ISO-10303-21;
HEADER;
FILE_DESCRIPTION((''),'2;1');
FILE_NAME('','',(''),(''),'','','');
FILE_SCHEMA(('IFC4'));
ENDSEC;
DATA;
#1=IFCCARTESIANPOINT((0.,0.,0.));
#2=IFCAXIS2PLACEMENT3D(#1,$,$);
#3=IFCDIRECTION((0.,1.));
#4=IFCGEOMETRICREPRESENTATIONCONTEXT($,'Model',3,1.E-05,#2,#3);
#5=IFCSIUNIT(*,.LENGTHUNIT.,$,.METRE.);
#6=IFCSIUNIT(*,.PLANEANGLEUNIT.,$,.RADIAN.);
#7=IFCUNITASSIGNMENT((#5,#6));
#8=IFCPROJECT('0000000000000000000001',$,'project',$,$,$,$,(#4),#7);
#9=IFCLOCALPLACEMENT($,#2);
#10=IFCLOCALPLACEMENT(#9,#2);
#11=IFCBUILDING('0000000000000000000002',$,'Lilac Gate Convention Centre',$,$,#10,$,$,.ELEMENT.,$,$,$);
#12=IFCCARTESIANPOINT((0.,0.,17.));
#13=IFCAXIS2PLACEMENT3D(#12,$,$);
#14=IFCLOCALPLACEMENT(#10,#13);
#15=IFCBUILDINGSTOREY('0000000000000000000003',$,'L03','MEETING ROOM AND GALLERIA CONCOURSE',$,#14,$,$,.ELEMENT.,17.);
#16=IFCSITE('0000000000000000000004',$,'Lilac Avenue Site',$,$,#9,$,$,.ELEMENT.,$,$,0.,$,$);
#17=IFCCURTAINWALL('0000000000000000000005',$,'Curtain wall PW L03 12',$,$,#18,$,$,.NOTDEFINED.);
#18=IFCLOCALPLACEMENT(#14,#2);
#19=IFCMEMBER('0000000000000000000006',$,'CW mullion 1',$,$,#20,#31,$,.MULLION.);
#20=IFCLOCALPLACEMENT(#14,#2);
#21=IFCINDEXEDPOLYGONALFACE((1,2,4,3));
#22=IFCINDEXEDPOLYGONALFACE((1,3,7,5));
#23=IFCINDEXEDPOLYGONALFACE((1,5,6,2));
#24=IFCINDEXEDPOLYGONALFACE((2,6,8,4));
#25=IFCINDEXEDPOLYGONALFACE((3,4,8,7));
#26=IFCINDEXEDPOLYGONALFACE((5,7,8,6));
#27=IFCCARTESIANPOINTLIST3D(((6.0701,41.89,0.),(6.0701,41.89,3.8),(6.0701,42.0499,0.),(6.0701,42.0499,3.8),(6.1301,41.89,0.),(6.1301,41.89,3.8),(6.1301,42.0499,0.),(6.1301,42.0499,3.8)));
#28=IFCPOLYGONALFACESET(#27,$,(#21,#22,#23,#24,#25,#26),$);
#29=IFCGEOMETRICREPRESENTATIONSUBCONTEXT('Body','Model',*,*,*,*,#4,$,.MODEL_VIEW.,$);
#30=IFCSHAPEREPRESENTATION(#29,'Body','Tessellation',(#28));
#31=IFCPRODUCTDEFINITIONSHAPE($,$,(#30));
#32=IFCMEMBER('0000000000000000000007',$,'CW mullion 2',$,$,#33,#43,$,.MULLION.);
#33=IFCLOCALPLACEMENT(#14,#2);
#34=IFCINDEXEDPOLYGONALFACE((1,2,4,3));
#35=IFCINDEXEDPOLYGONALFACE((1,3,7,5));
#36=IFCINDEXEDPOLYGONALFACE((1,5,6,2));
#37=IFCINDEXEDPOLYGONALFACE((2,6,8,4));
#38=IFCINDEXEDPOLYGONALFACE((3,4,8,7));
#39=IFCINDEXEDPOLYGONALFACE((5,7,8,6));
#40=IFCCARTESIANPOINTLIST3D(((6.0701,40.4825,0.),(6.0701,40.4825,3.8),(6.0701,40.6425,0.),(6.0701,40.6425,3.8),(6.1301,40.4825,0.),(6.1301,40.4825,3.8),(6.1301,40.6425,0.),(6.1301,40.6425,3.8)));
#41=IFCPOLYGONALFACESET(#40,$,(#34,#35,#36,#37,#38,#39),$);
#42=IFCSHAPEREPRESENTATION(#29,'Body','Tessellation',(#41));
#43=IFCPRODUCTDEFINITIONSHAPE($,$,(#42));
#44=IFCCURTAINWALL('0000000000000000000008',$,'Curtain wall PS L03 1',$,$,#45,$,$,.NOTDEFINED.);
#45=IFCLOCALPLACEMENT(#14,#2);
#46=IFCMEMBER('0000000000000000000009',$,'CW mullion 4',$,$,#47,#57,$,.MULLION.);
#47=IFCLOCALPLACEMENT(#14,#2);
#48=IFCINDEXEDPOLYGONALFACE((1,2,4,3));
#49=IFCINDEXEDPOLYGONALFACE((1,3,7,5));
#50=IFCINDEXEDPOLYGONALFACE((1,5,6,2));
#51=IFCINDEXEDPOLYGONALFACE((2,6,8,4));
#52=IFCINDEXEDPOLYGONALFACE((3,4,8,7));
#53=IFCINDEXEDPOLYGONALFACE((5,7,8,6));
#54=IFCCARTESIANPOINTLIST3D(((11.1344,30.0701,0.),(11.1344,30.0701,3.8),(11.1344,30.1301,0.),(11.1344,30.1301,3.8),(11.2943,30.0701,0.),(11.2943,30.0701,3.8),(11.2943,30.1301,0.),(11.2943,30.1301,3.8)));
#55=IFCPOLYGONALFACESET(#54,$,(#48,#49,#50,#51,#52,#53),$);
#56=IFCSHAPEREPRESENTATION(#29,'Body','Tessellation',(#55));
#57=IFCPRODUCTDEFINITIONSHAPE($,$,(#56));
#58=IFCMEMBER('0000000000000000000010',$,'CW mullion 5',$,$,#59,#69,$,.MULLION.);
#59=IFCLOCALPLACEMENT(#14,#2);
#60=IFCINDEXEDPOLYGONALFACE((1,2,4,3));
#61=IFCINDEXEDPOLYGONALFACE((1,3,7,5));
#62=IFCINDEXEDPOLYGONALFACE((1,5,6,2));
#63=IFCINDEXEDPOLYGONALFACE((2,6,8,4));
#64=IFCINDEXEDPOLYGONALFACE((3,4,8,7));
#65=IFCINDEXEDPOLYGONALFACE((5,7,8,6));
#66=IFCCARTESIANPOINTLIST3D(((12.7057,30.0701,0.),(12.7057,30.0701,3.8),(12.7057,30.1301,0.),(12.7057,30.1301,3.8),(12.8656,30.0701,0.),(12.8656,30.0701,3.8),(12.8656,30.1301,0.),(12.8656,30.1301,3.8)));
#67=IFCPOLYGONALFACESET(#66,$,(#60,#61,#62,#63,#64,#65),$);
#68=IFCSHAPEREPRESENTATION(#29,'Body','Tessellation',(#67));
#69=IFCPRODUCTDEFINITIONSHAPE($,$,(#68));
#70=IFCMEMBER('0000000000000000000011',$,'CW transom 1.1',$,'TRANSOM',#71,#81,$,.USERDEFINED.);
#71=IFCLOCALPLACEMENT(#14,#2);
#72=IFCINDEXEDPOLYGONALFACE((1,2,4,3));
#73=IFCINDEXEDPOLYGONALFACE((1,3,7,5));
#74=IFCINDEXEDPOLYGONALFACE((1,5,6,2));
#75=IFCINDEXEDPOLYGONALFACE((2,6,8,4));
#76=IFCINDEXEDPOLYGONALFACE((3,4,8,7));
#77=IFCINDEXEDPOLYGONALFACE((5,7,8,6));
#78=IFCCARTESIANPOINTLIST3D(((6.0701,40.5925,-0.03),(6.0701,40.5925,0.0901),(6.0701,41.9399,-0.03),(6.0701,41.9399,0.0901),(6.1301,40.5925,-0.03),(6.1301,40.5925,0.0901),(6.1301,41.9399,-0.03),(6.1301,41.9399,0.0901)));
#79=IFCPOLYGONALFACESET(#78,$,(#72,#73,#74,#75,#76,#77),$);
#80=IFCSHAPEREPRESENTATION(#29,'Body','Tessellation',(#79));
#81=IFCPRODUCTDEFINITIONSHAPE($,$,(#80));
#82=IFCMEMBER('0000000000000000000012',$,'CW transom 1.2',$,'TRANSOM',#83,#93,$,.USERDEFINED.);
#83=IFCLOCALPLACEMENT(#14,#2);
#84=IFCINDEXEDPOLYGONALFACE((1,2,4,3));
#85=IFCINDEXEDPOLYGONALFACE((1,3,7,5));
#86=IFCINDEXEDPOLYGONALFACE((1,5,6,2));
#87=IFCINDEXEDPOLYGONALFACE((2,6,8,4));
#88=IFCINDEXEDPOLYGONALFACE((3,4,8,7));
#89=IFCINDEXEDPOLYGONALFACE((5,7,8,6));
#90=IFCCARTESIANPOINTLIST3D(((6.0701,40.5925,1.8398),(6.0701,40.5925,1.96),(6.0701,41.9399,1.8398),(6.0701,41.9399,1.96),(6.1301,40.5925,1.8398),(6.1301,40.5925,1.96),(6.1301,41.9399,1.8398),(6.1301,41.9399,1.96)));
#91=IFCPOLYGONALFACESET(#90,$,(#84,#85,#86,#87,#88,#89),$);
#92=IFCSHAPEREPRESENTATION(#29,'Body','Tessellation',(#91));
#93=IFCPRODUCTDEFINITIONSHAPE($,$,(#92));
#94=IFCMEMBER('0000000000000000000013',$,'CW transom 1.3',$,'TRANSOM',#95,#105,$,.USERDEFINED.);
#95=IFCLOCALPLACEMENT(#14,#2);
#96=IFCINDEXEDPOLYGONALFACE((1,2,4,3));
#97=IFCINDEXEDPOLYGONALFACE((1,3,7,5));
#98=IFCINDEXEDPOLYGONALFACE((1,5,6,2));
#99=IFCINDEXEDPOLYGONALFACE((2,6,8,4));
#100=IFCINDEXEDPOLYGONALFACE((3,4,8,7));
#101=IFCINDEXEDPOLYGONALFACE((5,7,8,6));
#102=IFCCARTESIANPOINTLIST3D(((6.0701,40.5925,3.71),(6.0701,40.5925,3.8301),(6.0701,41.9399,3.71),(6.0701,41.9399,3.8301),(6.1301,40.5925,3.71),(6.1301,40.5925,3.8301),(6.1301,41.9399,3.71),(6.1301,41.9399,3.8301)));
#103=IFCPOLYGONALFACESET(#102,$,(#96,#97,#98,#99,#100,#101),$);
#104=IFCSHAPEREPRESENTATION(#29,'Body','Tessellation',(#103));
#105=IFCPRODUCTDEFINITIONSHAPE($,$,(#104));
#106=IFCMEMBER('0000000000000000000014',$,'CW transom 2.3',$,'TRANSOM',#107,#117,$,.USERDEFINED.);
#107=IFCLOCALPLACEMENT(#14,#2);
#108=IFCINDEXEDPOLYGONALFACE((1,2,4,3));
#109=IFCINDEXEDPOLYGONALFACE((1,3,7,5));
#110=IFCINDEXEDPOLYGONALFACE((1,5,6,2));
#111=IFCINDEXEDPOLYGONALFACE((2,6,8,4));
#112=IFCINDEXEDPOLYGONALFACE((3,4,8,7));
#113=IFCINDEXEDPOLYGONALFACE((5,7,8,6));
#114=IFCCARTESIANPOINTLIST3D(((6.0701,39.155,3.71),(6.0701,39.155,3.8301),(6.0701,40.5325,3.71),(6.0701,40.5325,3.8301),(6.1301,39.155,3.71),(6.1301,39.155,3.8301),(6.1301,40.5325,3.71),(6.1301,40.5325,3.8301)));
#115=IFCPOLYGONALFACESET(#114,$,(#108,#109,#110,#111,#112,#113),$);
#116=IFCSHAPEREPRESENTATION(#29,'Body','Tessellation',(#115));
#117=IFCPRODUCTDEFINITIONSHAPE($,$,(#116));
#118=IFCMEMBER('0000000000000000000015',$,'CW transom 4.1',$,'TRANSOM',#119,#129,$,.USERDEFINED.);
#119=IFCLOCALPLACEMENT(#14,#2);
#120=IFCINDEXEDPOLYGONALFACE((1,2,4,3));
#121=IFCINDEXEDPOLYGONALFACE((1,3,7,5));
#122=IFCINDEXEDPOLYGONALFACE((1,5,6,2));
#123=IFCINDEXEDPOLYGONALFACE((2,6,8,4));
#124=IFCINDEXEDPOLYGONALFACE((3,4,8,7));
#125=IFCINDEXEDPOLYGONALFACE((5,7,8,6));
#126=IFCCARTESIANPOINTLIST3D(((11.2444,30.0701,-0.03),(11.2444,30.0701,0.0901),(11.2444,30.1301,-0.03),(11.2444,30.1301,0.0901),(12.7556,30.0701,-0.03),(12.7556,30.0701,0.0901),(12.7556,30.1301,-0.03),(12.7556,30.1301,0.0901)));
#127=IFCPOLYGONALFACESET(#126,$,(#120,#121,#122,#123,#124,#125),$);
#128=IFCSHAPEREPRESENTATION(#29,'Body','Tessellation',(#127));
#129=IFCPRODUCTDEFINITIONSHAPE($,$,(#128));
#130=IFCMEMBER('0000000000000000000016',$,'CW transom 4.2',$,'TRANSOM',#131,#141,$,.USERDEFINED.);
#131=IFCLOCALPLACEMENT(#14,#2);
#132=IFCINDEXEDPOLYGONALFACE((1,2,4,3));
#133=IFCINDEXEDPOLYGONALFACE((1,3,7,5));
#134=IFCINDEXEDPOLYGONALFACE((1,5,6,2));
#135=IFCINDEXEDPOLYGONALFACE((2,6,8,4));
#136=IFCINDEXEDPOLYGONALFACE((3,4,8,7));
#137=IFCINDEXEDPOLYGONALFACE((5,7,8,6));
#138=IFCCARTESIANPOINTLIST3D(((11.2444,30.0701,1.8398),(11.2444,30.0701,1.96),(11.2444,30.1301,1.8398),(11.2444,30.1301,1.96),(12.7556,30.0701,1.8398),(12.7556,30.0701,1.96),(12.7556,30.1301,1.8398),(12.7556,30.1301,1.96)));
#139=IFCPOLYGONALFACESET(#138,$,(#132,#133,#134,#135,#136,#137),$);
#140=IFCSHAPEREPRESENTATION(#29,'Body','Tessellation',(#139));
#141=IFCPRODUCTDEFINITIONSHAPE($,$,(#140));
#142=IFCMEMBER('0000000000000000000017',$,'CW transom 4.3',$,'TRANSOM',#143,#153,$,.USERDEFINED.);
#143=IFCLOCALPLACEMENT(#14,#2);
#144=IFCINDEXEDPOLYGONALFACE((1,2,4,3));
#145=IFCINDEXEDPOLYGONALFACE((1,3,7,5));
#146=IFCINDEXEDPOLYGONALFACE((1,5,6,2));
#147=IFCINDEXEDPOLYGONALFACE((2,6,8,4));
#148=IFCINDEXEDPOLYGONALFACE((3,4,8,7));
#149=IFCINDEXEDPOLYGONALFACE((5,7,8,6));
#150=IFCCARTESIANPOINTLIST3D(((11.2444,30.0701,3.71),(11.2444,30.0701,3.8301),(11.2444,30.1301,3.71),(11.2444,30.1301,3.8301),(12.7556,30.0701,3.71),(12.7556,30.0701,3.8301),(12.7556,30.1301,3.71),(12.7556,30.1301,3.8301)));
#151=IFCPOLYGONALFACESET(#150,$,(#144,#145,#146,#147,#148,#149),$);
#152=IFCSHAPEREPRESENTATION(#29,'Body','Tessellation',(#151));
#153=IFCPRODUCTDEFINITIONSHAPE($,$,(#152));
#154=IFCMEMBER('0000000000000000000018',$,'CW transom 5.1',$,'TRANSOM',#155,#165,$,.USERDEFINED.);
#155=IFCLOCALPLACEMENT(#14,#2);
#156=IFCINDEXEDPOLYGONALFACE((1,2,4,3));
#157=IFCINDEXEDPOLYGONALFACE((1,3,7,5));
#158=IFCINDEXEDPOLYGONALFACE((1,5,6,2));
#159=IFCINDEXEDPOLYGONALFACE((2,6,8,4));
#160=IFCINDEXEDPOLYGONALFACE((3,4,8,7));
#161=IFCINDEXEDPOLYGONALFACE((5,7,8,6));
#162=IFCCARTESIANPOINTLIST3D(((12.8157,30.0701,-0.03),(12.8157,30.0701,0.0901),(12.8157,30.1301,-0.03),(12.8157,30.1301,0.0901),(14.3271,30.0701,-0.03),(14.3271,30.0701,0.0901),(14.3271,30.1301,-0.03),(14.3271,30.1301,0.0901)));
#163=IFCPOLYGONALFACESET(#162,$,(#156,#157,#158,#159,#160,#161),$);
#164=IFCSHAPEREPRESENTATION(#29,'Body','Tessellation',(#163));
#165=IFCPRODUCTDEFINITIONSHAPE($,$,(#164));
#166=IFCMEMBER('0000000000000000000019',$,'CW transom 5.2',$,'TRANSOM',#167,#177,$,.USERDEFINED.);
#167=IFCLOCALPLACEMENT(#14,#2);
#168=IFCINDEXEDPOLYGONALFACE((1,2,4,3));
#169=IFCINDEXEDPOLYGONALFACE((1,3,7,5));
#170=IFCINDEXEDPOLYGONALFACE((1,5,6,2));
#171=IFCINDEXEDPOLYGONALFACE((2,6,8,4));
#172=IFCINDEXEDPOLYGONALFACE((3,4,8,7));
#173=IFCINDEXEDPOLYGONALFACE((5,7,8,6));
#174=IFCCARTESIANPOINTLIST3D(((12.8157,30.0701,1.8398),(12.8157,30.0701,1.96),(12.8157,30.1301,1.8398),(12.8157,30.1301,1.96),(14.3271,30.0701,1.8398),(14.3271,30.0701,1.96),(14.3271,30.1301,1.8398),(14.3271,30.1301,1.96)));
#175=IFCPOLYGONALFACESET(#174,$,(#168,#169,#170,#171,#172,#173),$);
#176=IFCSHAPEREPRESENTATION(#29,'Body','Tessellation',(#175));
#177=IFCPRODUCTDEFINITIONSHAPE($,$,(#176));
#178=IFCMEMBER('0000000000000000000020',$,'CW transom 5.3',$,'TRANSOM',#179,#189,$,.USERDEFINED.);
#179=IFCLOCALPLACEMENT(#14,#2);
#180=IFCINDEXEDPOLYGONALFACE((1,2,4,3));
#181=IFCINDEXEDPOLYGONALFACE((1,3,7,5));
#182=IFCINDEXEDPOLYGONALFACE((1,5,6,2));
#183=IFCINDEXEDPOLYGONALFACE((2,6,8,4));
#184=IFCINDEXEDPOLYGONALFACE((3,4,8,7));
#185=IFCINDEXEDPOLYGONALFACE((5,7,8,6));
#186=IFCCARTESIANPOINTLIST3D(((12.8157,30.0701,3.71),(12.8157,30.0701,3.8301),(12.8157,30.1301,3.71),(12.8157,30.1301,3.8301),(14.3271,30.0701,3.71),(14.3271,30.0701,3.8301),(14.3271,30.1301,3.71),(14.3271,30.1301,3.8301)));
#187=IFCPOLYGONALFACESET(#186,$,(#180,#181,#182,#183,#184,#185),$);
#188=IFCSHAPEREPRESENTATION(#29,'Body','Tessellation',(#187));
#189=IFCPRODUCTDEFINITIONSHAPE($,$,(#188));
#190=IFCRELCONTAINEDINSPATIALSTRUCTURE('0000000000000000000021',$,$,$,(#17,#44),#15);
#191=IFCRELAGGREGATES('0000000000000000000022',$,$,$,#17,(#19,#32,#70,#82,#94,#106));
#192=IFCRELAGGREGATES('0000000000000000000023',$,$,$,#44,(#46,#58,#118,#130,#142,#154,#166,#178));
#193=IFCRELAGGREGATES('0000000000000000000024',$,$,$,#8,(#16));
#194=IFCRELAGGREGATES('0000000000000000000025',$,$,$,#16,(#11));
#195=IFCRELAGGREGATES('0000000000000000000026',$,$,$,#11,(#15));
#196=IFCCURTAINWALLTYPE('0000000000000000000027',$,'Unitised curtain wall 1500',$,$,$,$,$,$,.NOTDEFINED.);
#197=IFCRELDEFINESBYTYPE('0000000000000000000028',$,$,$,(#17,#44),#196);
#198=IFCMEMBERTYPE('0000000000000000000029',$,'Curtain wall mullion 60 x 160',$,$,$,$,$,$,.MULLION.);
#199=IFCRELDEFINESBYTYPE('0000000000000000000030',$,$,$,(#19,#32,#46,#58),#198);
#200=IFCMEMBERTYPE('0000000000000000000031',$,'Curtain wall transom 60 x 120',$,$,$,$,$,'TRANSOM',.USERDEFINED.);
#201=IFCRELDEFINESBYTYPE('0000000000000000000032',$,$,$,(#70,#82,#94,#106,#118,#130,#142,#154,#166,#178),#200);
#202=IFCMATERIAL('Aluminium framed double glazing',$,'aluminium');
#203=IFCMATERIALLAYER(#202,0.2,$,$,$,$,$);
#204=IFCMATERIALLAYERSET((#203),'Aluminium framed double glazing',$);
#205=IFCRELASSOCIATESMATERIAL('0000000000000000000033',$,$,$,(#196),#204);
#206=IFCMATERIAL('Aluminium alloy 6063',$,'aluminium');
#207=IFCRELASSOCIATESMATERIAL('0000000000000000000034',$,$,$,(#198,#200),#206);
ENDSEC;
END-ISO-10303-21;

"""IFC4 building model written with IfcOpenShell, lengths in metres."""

from ifc_helpers import new_model, si_unit, direction, frame, origin, origin_2d, place, context, subcontext, project, spatial, rectangle, extrude, material, layer, layer_set, material_profile, profile_set, type_object, element, aggregate, save


model = new_model("IFC4")

# Units and contexts
model_context = context("Model", 3, precision=1e-05, world=origin(), true_north=direction((0.0, 1.0)))
body_context = subcontext(model_context, "Body", "Model", "MODEL_VIEW")
ifc_project = project(units=[si_unit("LENGTHUNIT", "METRE"), si_unit("PLANEANGLEUNIT", "RADIAN")], contexts=[model_context])

# Site, building, storey
site_placement = place(None, origin())
site = spatial("IfcSite", under=ifc_project, at=site_placement, Name="Lilac Avenue Site", CompositionType="ELEMENT", RefElevation=0.0)
building_placement = place(site_placement, origin())
building = spatial("IfcBuilding", under=site, at=building_placement, Name="Lilac Gate Convention Centre", CompositionType="ELEMENT")
storey_placement = place(building_placement, frame((0.0, 0.0, 17.0)))
storey = spatial("IfcBuildingStorey", under=building, at=storey_placement, Name="L03", Description="MEETING ROOM AND GALLERIA CONCOURSE", CompositionType="ELEMENT", Elevation=17.0)

# Curtain walls, members
ifc_material_1 = material(Name="Aluminium framed double glazing", Category="aluminium")
ifc_layer_1 = layer(ifc_material_1, 0.2)
ifc_layer_set_1 = layer_set([ifc_layer_1], Name="Aluminium framed double glazing")
curtain_wall_type = type_object("IfcCurtainWallType", Name="Unitised curtain wall 1500", PredefinedType="NOTDEFINED", material=ifc_layer_set_1)
curtain_wall_1_placement = place(storey_placement, origin())
curtain_wall_1 = element("IfcCurtainWall", 1, at=curtain_wall_1_placement, inside=storey, type_object=curtain_wall_type, Name="Curtain wall PW L03 12", PredefinedType="NOTDEFINED")
ifc_material_2 = material(Name="Aluminium alloy 6063", Category="aluminium")
ifc_material_profile_1 = material_profile(ifc_material_2, rectangle(XDim=0.0601, YDim=0.1599, at=origin_2d()), Name="Curtain wall mullion 60 x 160")
ifc_profile_set_1 = profile_set([ifc_material_profile_1], Name="Aluminium alloy 6063")
member_type_1 = type_object("IfcMemberType", Name="Curtain wall mullion 60 x 160", PredefinedType="MULLION", material=ifc_profile_set_1)
member_1_placement = place(storey_placement, frame((6.1001, 41.97, 0.0), z_axis=(0.0, 0.0, 1.0), x_axis=(1.0, 0.0, 0.0)))
member_1 = element("IfcMember", 2, at=member_1_placement, type_object=member_type_1, Name="CW mullion 1", PredefinedType="MULLION", context=body_context, shape_type="SweptSolid", body=[
    extrude(rectangle(XDim=0.0601, YDim=0.1599, at=origin_2d()), origin(), (0.0, 0.0, 1.0), 3.8),
])
member_2_placement = place(storey_placement, frame((6.1001, 40.5625, 0.0), z_axis=(0.0, 0.0, 1.0), x_axis=(1.0, 0.0, 0.0)))
member_2 = element("IfcMember", 3, at=member_2_placement, type_object=member_type_1, Name="CW mullion 2", PredefinedType="MULLION", context=body_context, shape_type="SweptSolid", body=[
    extrude(rectangle(XDim=0.0601, YDim=0.1599, at=origin_2d()), origin(), (0.0, 0.0, 1.0), 3.8),
])
curtain_wall_2_placement = place(storey_placement, origin())
curtain_wall_2 = element("IfcCurtainWall", 4, at=curtain_wall_2_placement, inside=storey, type_object=curtain_wall_type, Name="Curtain wall PS L03 1", PredefinedType="NOTDEFINED")
member_3_placement = place(storey_placement, frame((11.2144, 30.1001, 0.0), z_axis=(0.0, 0.0, 1.0), x_axis=(0.0, 1.0, 0.0)))
member_3 = element("IfcMember", 5, at=member_3_placement, type_object=member_type_1, Name="CW mullion 4", PredefinedType="MULLION", context=body_context, shape_type="SweptSolid", body=[
    extrude(rectangle(XDim=0.0601, YDim=0.1599, at=origin_2d()), origin(), (0.0, 0.0, 1.0), 3.8),
])
member_4_placement = place(storey_placement, frame((12.7856, 30.1001, 0.0), z_axis=(0.0, 0.0, 1.0), x_axis=(0.0, 1.0, 0.0)))
member_4 = element("IfcMember", 6, at=member_4_placement, type_object=member_type_1, Name="CW mullion 5", PredefinedType="MULLION", context=body_context, shape_type="SweptSolid", body=[
    extrude(rectangle(XDim=0.0601, YDim=0.1599, at=origin_2d()), origin(), (0.0, 0.0, 1.0), 3.8),
])

# Members
ifc_material_profile_2 = material_profile(ifc_material_2, rectangle(XDim=0.0601, YDim=0.1201, at=origin_2d()), Name="Curtain wall transom 60 x 120")
ifc_profile_set_2 = profile_set([ifc_material_profile_2], Name="Aluminium alloy 6063")
member_type_2 = type_object("IfcMemberType", Name="Curtain wall transom 60 x 120", ElementType="TRANSOM", PredefinedType="USERDEFINED", material=ifc_profile_set_2)
member_5_placement = place(storey_placement, frame((6.1001, 41.9399, 0.03), z_axis=(0.0, -1.0, 0.0), x_axis=(1.0, 0.0, 0.0)))
member_5 = element("IfcMember", 7, at=member_5_placement, type_object=member_type_2, Name="CW transom 1.1", ObjectType="TRANSOM", PredefinedType="USERDEFINED", context=body_context, shape_type="SweptSolid", body=[
    extrude(rectangle(XDim=0.0601, YDim=0.1201, at=origin_2d()), origin(), (0.0, 0.0, 1.0), 1.3474),
])
member_6_placement = place(storey_placement, frame((6.1001, 41.9399, 1.8999), z_axis=(0.0, -1.0, 0.0), x_axis=(1.0, 0.0, 0.0)))
member_6 = element("IfcMember", 8, at=member_6_placement, type_object=member_type_2, Name="CW transom 1.2", ObjectType="TRANSOM", PredefinedType="USERDEFINED", context=body_context, shape_type="SweptSolid", body=[
    extrude(rectangle(XDim=0.0601, YDim=0.1201, at=origin_2d()), origin(), (0.0, 0.0, 1.0), 1.3474),
])
member_7_placement = place(storey_placement, frame((6.1001, 41.9399, 3.77), z_axis=(0.0, -1.0, 0.0), x_axis=(1.0, 0.0, 0.0)))
member_7 = element("IfcMember", 9, at=member_7_placement, type_object=member_type_2, Name="CW transom 1.3", ObjectType="TRANSOM", PredefinedType="USERDEFINED", context=body_context, shape_type="SweptSolid", body=[
    extrude(rectangle(XDim=0.0601, YDim=0.1201, at=origin_2d()), origin(), (0.0, 0.0, 1.0), 1.3474),
])
member_8_placement = place(storey_placement, frame((6.1001, 40.5325, 3.77), z_axis=(0.0, -1.0, 0.0), x_axis=(1.0, 0.0, 0.0)))
member_8 = element("IfcMember", 10, at=member_8_placement, type_object=member_type_2, Name="CW transom 2.3", ObjectType="TRANSOM", PredefinedType="USERDEFINED", context=body_context, shape_type="SweptSolid", body=[
    extrude(rectangle(XDim=0.0601, YDim=0.1201, at=origin_2d()), origin(), (0.0, 0.0, 1.0), 1.3774),
])
member_9_placement = place(storey_placement, frame((11.2444, 30.1001, 0.03), z_axis=(1.0, 0.0, 0.0), x_axis=(0.0, 1.0, 0.0)))
member_9 = element("IfcMember", 11, at=member_9_placement, type_object=member_type_2, Name="CW transom 4.1", ObjectType="TRANSOM", PredefinedType="USERDEFINED", context=body_context, shape_type="SweptSolid", body=[
    extrude(rectangle(XDim=0.0601, YDim=0.1201, at=origin_2d()), origin(), (0.0, 0.0, 1.0), 1.5112),
])
member_10_placement = place(storey_placement, frame((11.2444, 30.1001, 1.8999), z_axis=(1.0, 0.0, 0.0), x_axis=(0.0, 1.0, 0.0)))
member_10 = element("IfcMember", 12, at=member_10_placement, type_object=member_type_2, Name="CW transom 4.2", ObjectType="TRANSOM", PredefinedType="USERDEFINED", context=body_context, shape_type="SweptSolid", body=[
    extrude(rectangle(XDim=0.0601, YDim=0.1201, at=origin_2d()), origin(), (0.0, 0.0, 1.0), 1.5112),
])
member_11_placement = place(storey_placement, frame((11.2444, 30.1001, 3.77), z_axis=(1.0, 0.0, 0.0), x_axis=(0.0, 1.0, 0.0)))
member_11 = element("IfcMember", 13, at=member_11_placement, type_object=member_type_2, Name="CW transom 4.3", ObjectType="TRANSOM", PredefinedType="USERDEFINED", context=body_context, shape_type="SweptSolid", body=[
    extrude(rectangle(XDim=0.0601, YDim=0.1201, at=origin_2d()), origin(), (0.0, 0.0, 1.0), 1.5112),
])
member_12_placement = place(storey_placement, frame((12.8157, 30.1001, 0.03), z_axis=(1.0, 0.0, 0.0), x_axis=(0.0, 1.0, 0.0)))
member_12 = element("IfcMember", 14, at=member_12_placement, type_object=member_type_2, Name="CW transom 5.1", ObjectType="TRANSOM", PredefinedType="USERDEFINED", context=body_context, shape_type="SweptSolid", body=[
    extrude(rectangle(XDim=0.0601, YDim=0.1201, at=origin_2d()), origin(), (0.0, 0.0, 1.0), 1.5115),
])
member_13_placement = place(storey_placement, frame((12.8157, 30.1001, 1.8999), z_axis=(1.0, 0.0, 0.0), x_axis=(0.0, 1.0, 0.0)))
member_13 = element("IfcMember", 15, at=member_13_placement, type_object=member_type_2, Name="CW transom 5.2", ObjectType="TRANSOM", PredefinedType="USERDEFINED", context=body_context, shape_type="SweptSolid", body=[
    extrude(rectangle(XDim=0.0601, YDim=0.1201, at=origin_2d()), origin(), (0.0, 0.0, 1.0), 1.5115),
])
member_14_placement = place(storey_placement, frame((12.8157, 30.1001, 3.77), z_axis=(1.0, 0.0, 0.0), x_axis=(0.0, 1.0, 0.0)))
member_14 = element("IfcMember", 16, at=member_14_placement, type_object=member_type_2, Name="CW transom 5.3", ObjectType="TRANSOM", PredefinedType="USERDEFINED", context=body_context, shape_type="SweptSolid", body=[
    extrude(rectangle(XDim=0.0601, YDim=0.1201, at=origin_2d()), origin(), (0.0, 0.0, 1.0), 1.5115),
])

aggregate(curtain_wall_1, [member_1, member_2, member_5, member_6, member_7, member_8])
aggregate(curtain_wall_2, [member_3, member_4, member_9, member_10, member_11, member_12, member_13, member_14])

save(model, "model.ifc")
